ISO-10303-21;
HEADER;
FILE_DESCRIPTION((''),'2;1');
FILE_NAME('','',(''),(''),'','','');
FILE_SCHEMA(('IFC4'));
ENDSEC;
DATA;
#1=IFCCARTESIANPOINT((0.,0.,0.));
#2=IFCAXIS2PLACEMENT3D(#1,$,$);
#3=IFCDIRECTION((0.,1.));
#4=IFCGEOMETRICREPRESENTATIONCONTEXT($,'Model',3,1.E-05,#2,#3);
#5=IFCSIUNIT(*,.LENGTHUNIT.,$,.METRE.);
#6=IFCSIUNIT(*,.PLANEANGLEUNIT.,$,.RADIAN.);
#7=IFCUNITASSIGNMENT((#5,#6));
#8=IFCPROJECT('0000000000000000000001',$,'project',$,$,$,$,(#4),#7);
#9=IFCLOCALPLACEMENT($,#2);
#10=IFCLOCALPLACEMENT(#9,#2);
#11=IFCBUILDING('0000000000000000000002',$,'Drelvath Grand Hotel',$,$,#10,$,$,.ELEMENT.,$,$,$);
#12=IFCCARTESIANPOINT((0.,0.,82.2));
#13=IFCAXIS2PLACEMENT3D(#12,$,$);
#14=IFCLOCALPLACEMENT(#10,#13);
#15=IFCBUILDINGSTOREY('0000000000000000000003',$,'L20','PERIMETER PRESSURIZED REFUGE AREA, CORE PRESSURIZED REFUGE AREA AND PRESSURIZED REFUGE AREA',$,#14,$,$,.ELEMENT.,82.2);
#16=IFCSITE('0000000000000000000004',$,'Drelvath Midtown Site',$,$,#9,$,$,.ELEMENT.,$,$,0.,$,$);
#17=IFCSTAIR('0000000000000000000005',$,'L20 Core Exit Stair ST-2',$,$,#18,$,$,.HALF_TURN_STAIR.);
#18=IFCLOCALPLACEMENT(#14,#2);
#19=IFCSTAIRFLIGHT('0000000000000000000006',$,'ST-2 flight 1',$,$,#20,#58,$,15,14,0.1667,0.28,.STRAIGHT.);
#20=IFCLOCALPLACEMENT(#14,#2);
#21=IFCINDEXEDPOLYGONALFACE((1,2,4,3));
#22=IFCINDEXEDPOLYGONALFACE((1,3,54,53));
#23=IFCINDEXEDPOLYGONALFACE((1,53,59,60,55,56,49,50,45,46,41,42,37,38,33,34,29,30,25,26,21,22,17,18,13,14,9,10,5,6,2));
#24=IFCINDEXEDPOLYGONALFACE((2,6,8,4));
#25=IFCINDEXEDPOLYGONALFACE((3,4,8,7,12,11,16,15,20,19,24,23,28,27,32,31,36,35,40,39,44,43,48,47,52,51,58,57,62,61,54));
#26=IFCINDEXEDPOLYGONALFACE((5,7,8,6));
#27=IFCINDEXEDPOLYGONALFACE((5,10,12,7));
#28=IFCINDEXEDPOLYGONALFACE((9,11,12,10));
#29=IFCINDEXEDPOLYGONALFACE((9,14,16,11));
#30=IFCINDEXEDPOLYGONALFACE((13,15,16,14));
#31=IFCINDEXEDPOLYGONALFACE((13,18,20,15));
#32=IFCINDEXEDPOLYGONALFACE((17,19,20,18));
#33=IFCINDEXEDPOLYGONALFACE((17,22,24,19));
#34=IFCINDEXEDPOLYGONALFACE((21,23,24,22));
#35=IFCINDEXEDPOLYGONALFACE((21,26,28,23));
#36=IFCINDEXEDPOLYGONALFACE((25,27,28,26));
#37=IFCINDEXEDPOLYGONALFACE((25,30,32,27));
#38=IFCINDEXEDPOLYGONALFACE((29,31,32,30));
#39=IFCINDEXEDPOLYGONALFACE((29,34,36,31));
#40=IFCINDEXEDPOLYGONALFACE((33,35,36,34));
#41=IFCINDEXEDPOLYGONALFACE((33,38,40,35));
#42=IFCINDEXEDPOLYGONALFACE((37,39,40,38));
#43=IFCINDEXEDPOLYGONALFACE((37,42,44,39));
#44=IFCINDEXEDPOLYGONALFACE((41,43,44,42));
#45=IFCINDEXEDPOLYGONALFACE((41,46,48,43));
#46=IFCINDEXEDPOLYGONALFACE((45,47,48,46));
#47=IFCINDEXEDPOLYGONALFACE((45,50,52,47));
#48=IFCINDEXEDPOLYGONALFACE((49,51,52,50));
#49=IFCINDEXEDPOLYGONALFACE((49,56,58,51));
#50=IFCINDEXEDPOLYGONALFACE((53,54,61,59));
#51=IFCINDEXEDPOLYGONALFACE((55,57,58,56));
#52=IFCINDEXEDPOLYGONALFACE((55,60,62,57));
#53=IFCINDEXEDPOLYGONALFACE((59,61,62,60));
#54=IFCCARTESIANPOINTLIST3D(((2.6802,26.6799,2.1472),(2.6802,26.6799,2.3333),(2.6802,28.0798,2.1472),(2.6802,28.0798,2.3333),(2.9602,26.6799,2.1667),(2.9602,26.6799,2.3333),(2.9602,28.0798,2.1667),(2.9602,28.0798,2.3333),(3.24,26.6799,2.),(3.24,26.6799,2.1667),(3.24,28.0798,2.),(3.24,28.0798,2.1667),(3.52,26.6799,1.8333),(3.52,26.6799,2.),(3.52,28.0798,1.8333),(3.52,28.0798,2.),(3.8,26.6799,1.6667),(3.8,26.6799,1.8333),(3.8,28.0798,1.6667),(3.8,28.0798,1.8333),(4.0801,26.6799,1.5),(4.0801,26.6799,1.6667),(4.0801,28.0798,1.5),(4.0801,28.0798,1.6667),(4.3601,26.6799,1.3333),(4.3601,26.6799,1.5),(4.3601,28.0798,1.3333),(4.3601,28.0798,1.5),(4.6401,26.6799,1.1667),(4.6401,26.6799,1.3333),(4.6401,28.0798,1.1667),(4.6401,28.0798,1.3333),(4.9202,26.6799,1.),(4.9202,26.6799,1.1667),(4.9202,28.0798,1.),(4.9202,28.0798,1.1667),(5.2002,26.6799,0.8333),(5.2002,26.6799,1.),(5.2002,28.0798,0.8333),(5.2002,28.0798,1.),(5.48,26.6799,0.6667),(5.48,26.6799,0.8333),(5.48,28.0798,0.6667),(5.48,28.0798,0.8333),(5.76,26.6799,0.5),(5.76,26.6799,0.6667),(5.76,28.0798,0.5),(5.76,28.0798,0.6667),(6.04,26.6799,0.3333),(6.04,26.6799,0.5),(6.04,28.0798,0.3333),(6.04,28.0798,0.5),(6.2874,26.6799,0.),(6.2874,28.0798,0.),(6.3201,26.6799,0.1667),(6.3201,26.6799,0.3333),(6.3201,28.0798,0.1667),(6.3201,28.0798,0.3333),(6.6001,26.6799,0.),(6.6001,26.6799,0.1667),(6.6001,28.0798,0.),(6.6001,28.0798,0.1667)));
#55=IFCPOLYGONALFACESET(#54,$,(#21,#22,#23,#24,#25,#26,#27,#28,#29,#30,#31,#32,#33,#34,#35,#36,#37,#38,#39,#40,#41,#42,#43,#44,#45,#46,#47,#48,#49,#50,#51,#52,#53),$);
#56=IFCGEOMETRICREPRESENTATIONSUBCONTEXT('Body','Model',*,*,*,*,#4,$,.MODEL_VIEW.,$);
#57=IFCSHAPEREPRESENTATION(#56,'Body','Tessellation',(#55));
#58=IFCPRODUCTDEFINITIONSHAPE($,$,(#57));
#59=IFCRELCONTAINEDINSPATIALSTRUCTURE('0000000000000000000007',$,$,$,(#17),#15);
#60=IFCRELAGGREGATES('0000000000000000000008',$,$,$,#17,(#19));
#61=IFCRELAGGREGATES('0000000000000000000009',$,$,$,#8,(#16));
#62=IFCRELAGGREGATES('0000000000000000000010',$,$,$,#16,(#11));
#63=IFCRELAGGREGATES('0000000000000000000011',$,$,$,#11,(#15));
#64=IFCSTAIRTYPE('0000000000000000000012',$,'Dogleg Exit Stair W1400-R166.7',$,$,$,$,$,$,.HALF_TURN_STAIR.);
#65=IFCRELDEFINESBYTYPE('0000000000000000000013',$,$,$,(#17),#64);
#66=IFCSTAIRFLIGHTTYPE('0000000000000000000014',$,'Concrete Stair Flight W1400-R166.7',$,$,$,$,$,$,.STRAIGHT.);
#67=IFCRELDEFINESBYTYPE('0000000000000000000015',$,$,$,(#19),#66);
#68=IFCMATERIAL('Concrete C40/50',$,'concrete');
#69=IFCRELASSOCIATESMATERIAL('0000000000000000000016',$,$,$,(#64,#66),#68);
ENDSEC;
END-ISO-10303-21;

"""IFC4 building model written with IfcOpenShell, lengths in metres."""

from ifc_helpers import new_model, si_unit, direction, frame, origin, place, context, subcontext, project, spatial, polyline, outline, extrude, material, type_object, element, aggregate, save


model = new_model("IFC4")

# Units and contexts
model_context = context("Model", 3, precision=1e-05, world=origin(), true_north=direction((0.0, 1.0)))
body_context = subcontext(model_context, "Body", "Model", "MODEL_VIEW")
ifc_project = project(units=[si_unit("LENGTHUNIT", "METRE"), si_unit("PLANEANGLEUNIT", "RADIAN")], contexts=[model_context])

# Site, building, storey
site_placement = place(None, origin())
site = spatial("IfcSite", under=ifc_project, at=site_placement, Name="Drelvath Midtown Site", CompositionType="ELEMENT", RefElevation=0.0)
building_placement = place(site_placement, origin())
building = spatial("IfcBuilding", under=site, at=building_placement, Name="Drelvath Grand Hotel", CompositionType="ELEMENT")
storey_placement = place(building_placement, frame((0.0, 0.0, 82.2)))
storey = spatial("IfcBuildingStorey", under=building, at=storey_placement, Name="L20", Description="PERIMETER PRESSURIZED REFUGE AREA, CORE PRESSURIZED REFUGE AREA AND PRESSURIZED REFUGE AREA", CompositionType="ELEMENT", Elevation=82.2)

# Shared definitions
ifc_material_1 = material(Name="Concrete C40/50", Category="concrete")

# Stair, stair flight
stair_type = type_object("IfcStairType", Name="Dogleg Exit Stair W1400-R166.7", PredefinedType="HALF_TURN_STAIR", material=ifc_material_1)
stair_placement = place(storey_placement, origin())
stair = element("IfcStair", 1, at=stair_placement, inside=storey, type_object=stair_type, Name="L20 Core Exit Stair ST-2", PredefinedType="HALF_TURN_STAIR")
stair_flight_type = type_object("IfcStairFlightType", Name="Concrete Stair Flight W1400-R166.7", PredefinedType="STRAIGHT", material=ifc_material_1)
stair_flight_placement = place(storey_placement, frame((6.6001, 27.3799, 0.0), z_axis=(0.0, 0.0, 1.0), x_axis=(-1.0, 0.0, 0.0)))
stair_flight = element("IfcStairFlight", 2, at=stair_flight_placement, type_object=stair_flight_type, Name="ST-2 flight 1", NumberOfRisers=15, NumberOfTreads=14, PredefinedType="STRAIGHT", RiserHeight=0.1667, TreadLength=0.28, context=body_context, shape_type="SweptSolid", body=[
    extrude(outline(polyline([(0.0, 0.0), (0.0, 0.1667), (0.28, 0.1667), (0.28, 0.3333), (0.5601, 0.3333), (0.5601, 0.5), (0.8401, 0.5), (0.8401, 0.6667), (1.1201, 0.6667), (1.1201, 0.8333), (1.3999, 0.8333), (1.3999, 1.0), (1.6799, 1.0), (1.6799, 1.1667), (1.96, 1.1667), (1.96, 1.3333), (2.24, 1.3333), (2.24, 1.5), (2.52, 1.5), (2.52, 1.6667), (2.8, 1.6667), (2.8, 1.8333), (3.0801, 1.8333), (3.0801, 2.0), (3.3601, 2.0), (3.3601, 2.1667), (3.6399, 2.1667), (3.6399, 2.3333), (3.9199, 2.3333), (3.9199, 2.5), (3.9199, 2.1472), (0.3127, 0.0), (0.0, 0.0)])), frame((0.0, 0.7, 0.0), z_axis=(0.0, -1.0, 0.0), x_axis=(1.0, 0.0, 0.0)), (0.0, 0.0, 1.0), 1.3999),
])
aggregate(stair, [stair_flight])

save(model, "model.ifc")
